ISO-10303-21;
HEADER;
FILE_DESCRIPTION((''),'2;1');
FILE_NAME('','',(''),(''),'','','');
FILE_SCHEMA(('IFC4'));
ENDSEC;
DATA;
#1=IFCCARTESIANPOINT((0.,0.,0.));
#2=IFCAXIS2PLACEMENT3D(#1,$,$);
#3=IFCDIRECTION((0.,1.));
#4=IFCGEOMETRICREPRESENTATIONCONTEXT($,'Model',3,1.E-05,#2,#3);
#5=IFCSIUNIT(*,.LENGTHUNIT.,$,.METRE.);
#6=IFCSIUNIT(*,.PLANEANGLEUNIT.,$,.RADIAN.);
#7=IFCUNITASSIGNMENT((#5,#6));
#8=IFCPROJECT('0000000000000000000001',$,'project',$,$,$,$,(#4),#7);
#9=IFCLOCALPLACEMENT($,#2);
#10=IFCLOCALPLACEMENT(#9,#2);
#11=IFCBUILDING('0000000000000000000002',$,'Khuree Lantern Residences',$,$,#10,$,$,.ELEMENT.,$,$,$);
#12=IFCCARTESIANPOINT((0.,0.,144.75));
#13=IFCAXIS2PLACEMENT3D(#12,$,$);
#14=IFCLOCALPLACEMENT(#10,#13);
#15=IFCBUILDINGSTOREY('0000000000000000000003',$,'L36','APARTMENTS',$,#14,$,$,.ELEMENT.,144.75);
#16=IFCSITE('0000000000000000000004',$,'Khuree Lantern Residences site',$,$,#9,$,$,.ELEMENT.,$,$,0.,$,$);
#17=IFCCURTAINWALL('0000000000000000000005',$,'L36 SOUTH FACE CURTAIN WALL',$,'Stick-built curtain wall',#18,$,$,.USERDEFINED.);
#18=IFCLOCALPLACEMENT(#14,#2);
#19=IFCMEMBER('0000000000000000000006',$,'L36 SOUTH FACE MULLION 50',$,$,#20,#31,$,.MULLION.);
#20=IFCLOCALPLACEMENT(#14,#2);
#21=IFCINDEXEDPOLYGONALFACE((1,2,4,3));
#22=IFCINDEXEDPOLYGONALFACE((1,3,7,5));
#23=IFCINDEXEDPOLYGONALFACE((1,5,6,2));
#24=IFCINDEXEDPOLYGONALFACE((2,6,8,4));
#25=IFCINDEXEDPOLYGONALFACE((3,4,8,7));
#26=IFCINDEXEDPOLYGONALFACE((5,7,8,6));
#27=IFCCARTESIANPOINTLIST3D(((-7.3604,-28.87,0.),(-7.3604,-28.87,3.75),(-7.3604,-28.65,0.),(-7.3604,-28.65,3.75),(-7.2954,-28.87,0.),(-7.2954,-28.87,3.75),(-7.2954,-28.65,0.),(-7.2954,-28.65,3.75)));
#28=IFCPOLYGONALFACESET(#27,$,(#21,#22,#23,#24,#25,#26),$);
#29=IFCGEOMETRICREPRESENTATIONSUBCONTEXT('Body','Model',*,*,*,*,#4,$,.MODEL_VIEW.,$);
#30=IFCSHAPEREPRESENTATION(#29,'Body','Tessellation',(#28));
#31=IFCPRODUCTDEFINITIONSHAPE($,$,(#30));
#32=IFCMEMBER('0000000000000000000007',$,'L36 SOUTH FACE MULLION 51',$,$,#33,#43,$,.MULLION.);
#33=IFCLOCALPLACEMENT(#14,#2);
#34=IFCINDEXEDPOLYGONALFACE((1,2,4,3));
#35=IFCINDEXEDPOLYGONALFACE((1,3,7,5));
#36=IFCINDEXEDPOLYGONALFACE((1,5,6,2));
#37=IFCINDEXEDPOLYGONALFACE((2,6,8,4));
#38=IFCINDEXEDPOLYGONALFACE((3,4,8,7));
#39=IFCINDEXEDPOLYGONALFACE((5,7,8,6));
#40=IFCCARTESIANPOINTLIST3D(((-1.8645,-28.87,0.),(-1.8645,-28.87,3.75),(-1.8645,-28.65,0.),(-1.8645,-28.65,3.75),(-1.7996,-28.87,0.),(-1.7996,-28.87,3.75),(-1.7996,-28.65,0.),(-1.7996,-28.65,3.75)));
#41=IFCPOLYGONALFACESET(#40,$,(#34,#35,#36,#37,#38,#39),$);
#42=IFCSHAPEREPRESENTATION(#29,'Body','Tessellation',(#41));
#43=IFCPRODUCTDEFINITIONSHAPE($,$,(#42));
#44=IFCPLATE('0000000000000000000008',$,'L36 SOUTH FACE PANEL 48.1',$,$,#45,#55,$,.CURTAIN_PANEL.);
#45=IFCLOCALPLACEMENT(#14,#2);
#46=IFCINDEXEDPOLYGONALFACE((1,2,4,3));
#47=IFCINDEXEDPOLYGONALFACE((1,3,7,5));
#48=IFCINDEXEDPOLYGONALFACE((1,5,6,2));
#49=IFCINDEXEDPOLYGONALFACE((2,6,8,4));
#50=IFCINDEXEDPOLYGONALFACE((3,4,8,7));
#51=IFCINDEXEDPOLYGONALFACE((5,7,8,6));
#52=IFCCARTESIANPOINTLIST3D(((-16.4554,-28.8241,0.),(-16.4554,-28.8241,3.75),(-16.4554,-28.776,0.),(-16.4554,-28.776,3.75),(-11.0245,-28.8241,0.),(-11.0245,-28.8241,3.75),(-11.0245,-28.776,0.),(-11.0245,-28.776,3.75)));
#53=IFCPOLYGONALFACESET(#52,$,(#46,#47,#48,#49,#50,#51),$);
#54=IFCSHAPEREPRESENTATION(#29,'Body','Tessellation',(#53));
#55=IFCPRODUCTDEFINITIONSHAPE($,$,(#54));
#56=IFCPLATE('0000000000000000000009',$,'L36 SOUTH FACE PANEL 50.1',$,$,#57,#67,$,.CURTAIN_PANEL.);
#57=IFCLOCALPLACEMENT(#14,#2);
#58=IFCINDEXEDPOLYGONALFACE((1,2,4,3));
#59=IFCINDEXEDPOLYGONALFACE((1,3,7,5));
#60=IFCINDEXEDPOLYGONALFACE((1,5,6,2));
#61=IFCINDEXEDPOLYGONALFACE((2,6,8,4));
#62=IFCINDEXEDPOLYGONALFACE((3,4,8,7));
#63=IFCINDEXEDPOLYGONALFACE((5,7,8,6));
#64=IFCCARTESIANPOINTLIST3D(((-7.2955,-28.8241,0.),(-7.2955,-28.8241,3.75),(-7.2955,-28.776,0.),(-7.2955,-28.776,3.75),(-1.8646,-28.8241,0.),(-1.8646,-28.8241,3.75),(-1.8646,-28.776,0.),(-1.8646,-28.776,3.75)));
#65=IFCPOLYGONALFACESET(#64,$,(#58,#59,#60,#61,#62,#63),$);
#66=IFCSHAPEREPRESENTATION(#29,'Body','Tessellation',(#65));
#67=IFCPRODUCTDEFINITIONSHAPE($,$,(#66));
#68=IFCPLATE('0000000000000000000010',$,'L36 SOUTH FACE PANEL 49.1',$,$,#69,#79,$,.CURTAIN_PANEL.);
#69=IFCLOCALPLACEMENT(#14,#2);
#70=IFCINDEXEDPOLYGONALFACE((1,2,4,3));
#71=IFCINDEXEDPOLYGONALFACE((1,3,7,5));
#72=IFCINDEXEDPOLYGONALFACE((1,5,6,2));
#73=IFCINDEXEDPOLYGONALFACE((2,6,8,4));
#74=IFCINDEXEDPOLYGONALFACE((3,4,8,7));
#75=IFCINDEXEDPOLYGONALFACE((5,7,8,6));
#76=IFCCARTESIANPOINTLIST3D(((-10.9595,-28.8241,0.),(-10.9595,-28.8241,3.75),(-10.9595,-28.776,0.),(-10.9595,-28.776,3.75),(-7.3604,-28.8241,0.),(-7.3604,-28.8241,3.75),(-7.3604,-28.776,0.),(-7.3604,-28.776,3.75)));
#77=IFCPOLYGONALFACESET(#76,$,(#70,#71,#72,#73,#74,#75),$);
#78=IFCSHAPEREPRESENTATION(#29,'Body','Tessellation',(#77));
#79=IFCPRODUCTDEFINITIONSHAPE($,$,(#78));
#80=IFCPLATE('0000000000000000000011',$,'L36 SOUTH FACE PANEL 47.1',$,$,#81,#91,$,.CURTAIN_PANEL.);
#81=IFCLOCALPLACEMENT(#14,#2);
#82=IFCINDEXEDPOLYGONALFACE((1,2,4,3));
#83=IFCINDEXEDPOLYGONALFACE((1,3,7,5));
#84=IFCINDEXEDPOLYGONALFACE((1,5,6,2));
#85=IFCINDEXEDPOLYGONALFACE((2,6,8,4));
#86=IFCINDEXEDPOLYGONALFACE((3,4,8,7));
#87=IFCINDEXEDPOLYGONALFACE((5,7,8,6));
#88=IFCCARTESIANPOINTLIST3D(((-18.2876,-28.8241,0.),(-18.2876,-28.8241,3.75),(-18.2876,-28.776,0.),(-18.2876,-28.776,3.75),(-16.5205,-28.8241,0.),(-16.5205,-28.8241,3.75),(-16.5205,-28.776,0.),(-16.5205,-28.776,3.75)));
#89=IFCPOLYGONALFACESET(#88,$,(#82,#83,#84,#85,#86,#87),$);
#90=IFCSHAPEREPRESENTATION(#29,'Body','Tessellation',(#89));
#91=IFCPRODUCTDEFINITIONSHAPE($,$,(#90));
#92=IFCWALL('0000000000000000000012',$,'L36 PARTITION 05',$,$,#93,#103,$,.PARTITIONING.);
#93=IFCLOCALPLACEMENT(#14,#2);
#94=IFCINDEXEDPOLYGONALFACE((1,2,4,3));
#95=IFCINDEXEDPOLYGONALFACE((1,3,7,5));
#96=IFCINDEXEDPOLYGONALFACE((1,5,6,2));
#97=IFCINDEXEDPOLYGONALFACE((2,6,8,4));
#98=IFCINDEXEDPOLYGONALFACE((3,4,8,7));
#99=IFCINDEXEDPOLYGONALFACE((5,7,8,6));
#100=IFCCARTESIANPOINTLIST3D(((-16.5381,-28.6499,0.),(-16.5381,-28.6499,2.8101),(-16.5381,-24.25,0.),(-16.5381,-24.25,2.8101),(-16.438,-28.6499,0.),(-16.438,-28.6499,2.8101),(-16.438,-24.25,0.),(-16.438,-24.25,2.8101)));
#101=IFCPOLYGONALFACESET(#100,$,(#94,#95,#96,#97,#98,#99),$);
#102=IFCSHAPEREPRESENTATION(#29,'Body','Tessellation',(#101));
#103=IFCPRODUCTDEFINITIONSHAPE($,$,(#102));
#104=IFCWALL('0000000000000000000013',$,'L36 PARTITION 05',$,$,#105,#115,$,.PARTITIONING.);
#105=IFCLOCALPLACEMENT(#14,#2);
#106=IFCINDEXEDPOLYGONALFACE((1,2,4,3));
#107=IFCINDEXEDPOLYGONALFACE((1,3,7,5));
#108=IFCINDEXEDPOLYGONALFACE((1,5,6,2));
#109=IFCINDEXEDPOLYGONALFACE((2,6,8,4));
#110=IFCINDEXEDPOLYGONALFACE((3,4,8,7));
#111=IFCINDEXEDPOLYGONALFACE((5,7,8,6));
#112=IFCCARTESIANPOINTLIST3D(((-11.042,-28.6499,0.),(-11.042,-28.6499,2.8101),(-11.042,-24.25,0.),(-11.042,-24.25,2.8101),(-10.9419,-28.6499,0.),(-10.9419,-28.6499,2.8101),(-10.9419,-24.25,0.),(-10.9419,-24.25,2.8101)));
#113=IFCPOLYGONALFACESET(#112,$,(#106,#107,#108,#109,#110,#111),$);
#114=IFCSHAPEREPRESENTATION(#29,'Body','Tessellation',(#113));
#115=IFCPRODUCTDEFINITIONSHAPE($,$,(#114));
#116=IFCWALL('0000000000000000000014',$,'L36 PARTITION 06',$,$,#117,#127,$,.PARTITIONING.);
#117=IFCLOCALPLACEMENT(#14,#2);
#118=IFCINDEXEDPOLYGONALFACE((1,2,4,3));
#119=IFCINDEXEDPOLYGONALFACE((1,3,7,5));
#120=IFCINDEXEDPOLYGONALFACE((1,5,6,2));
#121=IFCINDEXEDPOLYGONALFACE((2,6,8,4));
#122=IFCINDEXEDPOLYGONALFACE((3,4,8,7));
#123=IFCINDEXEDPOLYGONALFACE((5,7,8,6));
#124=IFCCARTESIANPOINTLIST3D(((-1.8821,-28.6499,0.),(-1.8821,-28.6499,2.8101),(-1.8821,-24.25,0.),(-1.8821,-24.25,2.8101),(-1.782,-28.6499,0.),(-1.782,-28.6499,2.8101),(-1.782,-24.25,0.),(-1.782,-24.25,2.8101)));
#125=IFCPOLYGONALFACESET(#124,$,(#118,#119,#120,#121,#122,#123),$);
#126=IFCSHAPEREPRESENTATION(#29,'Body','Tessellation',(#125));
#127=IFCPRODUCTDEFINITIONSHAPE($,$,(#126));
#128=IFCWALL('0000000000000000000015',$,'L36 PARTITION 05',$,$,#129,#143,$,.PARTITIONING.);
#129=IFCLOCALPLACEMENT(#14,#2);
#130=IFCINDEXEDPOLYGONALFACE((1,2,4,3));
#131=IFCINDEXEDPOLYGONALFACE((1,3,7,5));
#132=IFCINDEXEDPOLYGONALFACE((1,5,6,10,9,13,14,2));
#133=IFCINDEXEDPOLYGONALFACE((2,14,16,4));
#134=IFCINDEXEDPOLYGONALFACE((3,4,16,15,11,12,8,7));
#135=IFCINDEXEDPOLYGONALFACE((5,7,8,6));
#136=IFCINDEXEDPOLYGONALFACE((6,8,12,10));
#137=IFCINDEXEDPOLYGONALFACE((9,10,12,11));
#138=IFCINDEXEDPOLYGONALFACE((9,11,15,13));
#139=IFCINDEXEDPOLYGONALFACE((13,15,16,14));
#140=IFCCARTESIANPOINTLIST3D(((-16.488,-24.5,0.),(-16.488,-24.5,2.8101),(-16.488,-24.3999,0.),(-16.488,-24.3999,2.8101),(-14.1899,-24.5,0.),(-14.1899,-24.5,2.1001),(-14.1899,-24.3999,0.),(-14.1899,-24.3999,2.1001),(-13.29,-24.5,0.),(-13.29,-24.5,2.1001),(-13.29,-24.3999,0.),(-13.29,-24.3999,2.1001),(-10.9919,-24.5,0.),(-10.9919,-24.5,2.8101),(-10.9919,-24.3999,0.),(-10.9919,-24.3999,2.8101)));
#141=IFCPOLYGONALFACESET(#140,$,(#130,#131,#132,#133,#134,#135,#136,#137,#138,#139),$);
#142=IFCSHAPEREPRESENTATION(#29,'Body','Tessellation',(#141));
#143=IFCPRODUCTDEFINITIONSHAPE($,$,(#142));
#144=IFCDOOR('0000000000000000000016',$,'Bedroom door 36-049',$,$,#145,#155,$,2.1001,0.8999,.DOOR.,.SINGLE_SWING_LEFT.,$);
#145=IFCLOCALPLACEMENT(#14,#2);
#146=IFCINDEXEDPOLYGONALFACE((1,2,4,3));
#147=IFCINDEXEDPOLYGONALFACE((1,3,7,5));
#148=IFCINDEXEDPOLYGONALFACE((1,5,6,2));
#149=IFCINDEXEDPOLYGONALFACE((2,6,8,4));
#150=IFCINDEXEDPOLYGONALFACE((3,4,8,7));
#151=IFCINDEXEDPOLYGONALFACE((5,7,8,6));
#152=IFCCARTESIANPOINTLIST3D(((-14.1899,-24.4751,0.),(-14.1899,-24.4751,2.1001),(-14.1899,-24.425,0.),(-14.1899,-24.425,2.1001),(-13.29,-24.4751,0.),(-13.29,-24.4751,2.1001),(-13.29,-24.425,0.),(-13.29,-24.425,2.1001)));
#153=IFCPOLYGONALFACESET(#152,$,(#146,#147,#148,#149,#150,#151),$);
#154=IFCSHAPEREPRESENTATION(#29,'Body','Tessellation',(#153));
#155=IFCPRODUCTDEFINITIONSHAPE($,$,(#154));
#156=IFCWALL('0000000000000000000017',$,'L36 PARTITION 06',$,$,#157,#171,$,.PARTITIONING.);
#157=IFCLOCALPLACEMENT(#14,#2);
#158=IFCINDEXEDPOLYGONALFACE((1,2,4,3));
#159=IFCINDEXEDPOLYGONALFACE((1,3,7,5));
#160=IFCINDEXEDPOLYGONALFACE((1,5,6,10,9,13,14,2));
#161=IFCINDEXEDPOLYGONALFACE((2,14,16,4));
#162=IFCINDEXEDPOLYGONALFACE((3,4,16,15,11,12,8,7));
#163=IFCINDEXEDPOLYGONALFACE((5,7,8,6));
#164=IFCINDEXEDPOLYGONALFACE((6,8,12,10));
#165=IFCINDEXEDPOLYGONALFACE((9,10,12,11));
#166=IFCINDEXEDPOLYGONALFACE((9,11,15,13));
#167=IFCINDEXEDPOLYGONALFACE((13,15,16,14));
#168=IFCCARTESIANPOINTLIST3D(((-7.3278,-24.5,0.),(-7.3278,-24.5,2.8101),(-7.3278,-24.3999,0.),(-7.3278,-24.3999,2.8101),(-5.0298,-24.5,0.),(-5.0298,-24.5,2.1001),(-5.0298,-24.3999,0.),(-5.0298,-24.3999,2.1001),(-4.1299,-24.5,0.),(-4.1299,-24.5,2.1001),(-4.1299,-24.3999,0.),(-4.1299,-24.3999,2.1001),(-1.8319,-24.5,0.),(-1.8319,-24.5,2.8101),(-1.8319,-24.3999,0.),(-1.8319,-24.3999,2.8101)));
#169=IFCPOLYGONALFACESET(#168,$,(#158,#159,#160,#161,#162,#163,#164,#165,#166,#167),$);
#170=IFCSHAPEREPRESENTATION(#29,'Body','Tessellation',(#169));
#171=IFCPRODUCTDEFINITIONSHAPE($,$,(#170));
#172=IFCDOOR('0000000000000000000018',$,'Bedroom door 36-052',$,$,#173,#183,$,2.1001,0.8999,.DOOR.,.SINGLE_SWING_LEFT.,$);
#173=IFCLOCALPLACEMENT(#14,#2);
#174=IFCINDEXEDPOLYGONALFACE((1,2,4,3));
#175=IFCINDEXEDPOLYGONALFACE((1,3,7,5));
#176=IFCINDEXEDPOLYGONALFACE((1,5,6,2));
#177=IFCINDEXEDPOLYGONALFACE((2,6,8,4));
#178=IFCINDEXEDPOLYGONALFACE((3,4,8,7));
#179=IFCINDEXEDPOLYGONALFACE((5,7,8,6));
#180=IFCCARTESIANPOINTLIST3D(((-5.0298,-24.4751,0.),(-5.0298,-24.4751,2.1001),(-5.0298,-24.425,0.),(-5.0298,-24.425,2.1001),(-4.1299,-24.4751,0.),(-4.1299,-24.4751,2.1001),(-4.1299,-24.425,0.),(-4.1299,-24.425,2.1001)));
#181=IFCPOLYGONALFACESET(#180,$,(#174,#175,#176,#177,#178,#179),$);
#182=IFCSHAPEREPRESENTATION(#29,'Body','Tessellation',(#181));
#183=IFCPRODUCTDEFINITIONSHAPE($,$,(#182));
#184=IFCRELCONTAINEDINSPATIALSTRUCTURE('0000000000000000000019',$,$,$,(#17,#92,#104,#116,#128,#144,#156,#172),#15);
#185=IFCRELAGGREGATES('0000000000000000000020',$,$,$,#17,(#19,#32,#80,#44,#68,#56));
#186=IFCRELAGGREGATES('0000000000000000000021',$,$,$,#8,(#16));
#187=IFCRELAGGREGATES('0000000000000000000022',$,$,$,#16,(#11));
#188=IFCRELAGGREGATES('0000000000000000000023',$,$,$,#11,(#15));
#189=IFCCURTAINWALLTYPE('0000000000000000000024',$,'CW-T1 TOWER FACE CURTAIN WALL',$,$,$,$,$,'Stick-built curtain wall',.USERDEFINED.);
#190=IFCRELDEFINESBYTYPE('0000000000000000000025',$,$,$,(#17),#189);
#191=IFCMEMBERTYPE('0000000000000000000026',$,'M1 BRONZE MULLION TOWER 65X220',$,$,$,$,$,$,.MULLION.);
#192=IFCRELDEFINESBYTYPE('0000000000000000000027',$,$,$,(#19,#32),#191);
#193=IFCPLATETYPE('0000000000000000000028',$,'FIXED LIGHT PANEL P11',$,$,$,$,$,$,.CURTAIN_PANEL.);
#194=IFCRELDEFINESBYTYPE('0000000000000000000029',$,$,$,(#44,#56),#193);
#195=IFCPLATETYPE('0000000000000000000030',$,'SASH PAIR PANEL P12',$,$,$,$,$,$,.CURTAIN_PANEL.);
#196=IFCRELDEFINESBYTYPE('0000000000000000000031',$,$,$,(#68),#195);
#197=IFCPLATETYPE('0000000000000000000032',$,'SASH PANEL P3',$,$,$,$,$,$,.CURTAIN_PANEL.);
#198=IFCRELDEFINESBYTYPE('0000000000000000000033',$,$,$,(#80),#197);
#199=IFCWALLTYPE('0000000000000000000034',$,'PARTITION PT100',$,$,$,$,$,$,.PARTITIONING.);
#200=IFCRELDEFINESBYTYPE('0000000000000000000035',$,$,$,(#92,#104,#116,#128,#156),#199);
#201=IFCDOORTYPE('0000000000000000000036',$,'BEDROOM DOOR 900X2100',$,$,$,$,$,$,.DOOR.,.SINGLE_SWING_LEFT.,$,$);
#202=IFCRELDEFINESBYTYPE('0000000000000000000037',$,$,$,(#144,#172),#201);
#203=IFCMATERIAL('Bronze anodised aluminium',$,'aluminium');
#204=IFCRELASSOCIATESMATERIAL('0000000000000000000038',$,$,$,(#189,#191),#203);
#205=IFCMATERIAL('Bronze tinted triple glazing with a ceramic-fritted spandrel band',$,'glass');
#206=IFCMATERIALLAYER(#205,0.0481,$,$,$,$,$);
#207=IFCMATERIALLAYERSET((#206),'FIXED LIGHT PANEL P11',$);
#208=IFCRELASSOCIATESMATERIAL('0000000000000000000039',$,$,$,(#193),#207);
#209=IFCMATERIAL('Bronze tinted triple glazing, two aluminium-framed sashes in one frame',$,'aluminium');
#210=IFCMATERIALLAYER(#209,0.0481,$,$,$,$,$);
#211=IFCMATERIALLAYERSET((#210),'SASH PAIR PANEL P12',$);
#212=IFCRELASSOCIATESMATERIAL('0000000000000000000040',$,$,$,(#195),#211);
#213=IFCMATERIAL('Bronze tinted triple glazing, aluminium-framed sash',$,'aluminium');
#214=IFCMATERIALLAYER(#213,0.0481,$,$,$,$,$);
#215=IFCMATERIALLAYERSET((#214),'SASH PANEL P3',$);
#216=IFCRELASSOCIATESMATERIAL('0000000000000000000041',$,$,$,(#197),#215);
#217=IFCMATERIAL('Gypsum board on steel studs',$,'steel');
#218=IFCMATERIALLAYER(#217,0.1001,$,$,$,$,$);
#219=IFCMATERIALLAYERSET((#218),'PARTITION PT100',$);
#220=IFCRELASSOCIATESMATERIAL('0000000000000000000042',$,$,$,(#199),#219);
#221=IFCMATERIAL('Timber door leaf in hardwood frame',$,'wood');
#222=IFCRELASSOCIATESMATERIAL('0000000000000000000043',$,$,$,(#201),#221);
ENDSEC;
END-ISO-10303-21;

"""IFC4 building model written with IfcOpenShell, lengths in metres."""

from ifc_helpers import new_model, si_unit, direction, frame, frame_2d, origin, origin_2d, place, context, subcontext, project, spatial, rectangle, extrude, material, layer, layer_set, material_profile, profile_set, type_object, element, fill, aggregate, save


model = new_model("IFC4")

# Units and contexts
model_context = context("Model", 3, precision=1e-05, world=origin(), true_north=direction((0.0, 1.0)))
body_context = subcontext(model_context, "Body", "Model", "MODEL_VIEW")
ifc_project = project(units=[si_unit("LENGTHUNIT", "METRE"), si_unit("PLANEANGLEUNIT", "RADIAN")], contexts=[model_context])

# Site, building, storey
site_placement = place(None, origin())
site = spatial("IfcSite", under=ifc_project, at=site_placement, Name="Khuree Lantern Residences site", CompositionType="ELEMENT", RefElevation=0.0)
building_placement = place(site_placement, origin())
building = spatial("IfcBuilding", under=site, at=building_placement, Name="Khuree Lantern Residences", CompositionType="ELEMENT")
storey_placement = place(building_placement, frame((0.0, 0.0, 144.75)))
storey = spatial("IfcBuildingStorey", under=building, at=storey_placement, Name="L36", Description="APARTMENTS", CompositionType="ELEMENT", Elevation=144.75)

# Curtain wall
ifc_material_1 = material(Name="Bronze anodised aluminium", Category="aluminium")
curtain_wall_type = type_object("IfcCurtainWallType", Name="CW-T1 TOWER FACE CURTAIN WALL", ElementType="Stick-built curtain wall", PredefinedType="USERDEFINED", material=ifc_material_1)
curtain_wall_placement = place(storey_placement, origin())
curtain_wall = element("IfcCurtainWall", 1, at=curtain_wall_placement, inside=storey, type_object=curtain_wall_type, Name="L36 SOUTH FACE CURTAIN WALL", ObjectType="Stick-built curtain wall", PredefinedType="USERDEFINED")

# Members
ifc_material_profile_1 = material_profile(ifc_material_1, rectangle(XDim=0.0649, YDim=0.22, at=origin_2d()), Name="M1 65X220")
ifc_profile_set_1 = profile_set([ifc_material_profile_1], Name="Bronze anodised aluminium")
member_type_1 = type_object("IfcMemberType", Name="M1 BRONZE MULLION TOWER 65X220", PredefinedType="MULLION", material=ifc_profile_set_1)
member_1_placement = place(storey_placement, frame((-7.3279, -28.76, 0.0), z_axis=(0.0, 0.0, 1.0), x_axis=(1.0, 0.0, 0.0)))
member_1 = element("IfcMember", 2, at=member_1_placement, type_object=member_type_1, Name="L36 SOUTH FACE MULLION 50", PredefinedType="MULLION", context=body_context, shape_type="SweptSolid", body=[
    extrude(rectangle(XDim=0.0649, YDim=0.22, at=origin_2d()), origin(), (0.0, 0.0, 1.0), 3.75),
])
member_2_placement = place(storey_placement, frame((-1.832, -28.76, 0.0), z_axis=(0.0, 0.0, 1.0), x_axis=(1.0, 0.0, 0.0)))
member_2 = element("IfcMember", 3, at=member_2_placement, type_object=member_type_1, Name="L36 SOUTH FACE MULLION 51", PredefinedType="MULLION", context=body_context, shape_type="SweptSolid", body=[
    extrude(rectangle(XDim=0.0649, YDim=0.22, at=origin_2d()), origin(), (0.0, 0.0, 1.0), 3.75),
])

# Plates
ifc_material_2 = material(Name="Bronze tinted triple glazing with a ceramic-fritted spandrel band", Category="glass")
ifc_layer_1 = layer(ifc_material_2, 0.0481)
ifc_layer_set_1 = layer_set([ifc_layer_1], Name="FIXED LIGHT PANEL P11")
plate_type_1 = type_object("IfcPlateType", Name="FIXED LIGHT PANEL P11", PredefinedType="CURTAIN_PANEL", material=ifc_layer_set_1)
plate_1_placement = place(storey_placement, frame((-13.74, -28.8, 0.0), z_axis=(0.0, 0.0, 1.0), x_axis=(1.0, 0.0, 0.0)))
plate_1 = element("IfcPlate", 4, at=plate_1_placement, type_object=plate_type_1, Name="L36 SOUTH FACE PANEL 48.1", PredefinedType="CURTAIN_PANEL", context=body_context, shape_type="SweptSolid", body=[
    extrude(rectangle(XDim=5.4309, YDim=0.0481, at=origin_2d()), origin(), (0.0, 0.0, 1.0), 3.75),
])
plate_2_placement = place(storey_placement, frame((-4.5801, -28.8, 0.0), z_axis=(0.0, 0.0, 1.0), x_axis=(1.0, 0.0, 0.0)))
plate_2 = element("IfcPlate", 5, at=plate_2_placement, type_object=plate_type_1, Name="L36 SOUTH FACE PANEL 50.1", PredefinedType="CURTAIN_PANEL", context=body_context, shape_type="SweptSolid", body=[
    extrude(rectangle(XDim=5.4309, YDim=0.0481, at=origin_2d()), origin(), (0.0, 0.0, 1.0), 3.75),
])
ifc_material_3 = material(Name="Bronze tinted triple glazing, two aluminium-framed sashes in one frame", Category="aluminium")
ifc_layer_2 = layer(ifc_material_3, 0.0481)
ifc_layer_set_2 = layer_set([ifc_layer_2], Name="SASH PAIR PANEL P12")
plate_type_2 = type_object("IfcPlateType", Name="SASH PAIR PANEL P12", PredefinedType="CURTAIN_PANEL", material=ifc_layer_set_2)
plate_3_placement = place(storey_placement, frame((-9.1599, -28.8, 0.0), z_axis=(0.0, 0.0, 1.0), x_axis=(1.0, 0.0, 0.0)))
plate_3 = element("IfcPlate", 6, at=plate_3_placement, type_object=plate_type_2, Name="L36 SOUTH FACE PANEL 49.1", PredefinedType="CURTAIN_PANEL", context=body_context, shape_type="SweptSolid", body=[
    extrude(rectangle(XDim=3.5991, YDim=0.0481, at=origin_2d()), origin(), (0.0, 0.0, 1.0), 3.75),
])
ifc_material_4 = material(Name="Bronze tinted triple glazing, aluminium-framed sash", Category="aluminium")
ifc_layer_3 = layer(ifc_material_4, 0.0481)
ifc_layer_set_3 = layer_set([ifc_layer_3], Name="SASH PANEL P3")
plate_type_3 = type_object("IfcPlateType", Name="SASH PANEL P3", PredefinedType="CURTAIN_PANEL", material=ifc_layer_set_3)
plate_4_placement = place(storey_placement, frame((-17.4041, -28.8, 0.0), z_axis=(0.0, 0.0, 1.0), x_axis=(1.0, 0.0, 0.0)))
plate_4 = element("IfcPlate", 7, at=plate_4_placement, type_object=plate_type_3, Name="L36 SOUTH FACE PANEL 47.1", PredefinedType="CURTAIN_PANEL", context=body_context, shape_type="SweptSolid", body=[
    extrude(rectangle(XDim=1.7671, YDim=0.0481, at=origin_2d()), origin(), (0.0, 0.0, 1.0), 3.75),
])
aggregate(curtain_wall, [member_1, member_2, plate_4, plate_1, plate_3, plate_2])

# Walls
ifc_material_5 = material(Name="Gypsum board on steel studs", Category="steel")
ifc_layer_4 = layer(ifc_material_5, 0.1001)
ifc_layer_set_4 = layer_set([ifc_layer_4], Name="PARTITION PT100")
wall_type = type_object("IfcWallType", Name="PARTITION PT100", PredefinedType="PARTITIONING", material=ifc_layer_set_4)
for number, where, z_axis, x_axis, name in (
    (8, (-16.488, -24.25, 0.0), (0.0, 0.0, 1.0), (0.0, -1.0, 0.0), "L36 PARTITION 05"),
    (9, (-10.9919, -24.25, 0.0), (0.0, 0.0, 1.0), (0.0, -1.0, 0.0), "L36 PARTITION 05"),
    (10, (-1.832, -24.25, 0.0), (0.0, 0.0, 1.0), (0.0, -1.0, 0.0), "L36 PARTITION 06"),
):
    element("IfcWall", number, at=place(storey_placement, frame(where, z_axis=z_axis, x_axis=x_axis)), inside=storey, type_object=wall_type, Name=name, PredefinedType="PARTITIONING", context=body_context, shape_type="SweptSolid", body=[
        extrude(rectangle(XDim=4.3999, YDim=0.1001, at=frame_2d((2.2, 0.0))), origin(), (0.0, 0.0, 1.0), 2.8101),
    ])

# Walls, openings, doors
wall_1_placement = place(storey_placement, frame((-16.488, -24.45, 0.0), z_axis=(0.0, 0.0, 1.0), x_axis=(1.0, 0.0, 0.0)))
wall_1 = element("IfcWall", 11, at=wall_1_placement, inside=storey, type_object=wall_type, Name="L36 PARTITION 05", PredefinedType="PARTITIONING", context=body_context, shape_type="SweptSolid", body=[
    extrude(rectangle(XDim=5.4961, YDim=0.1001, at=frame_2d((2.748, 0.0))), origin(), (0.0, 0.0, 1.0), 2.8101),
])
opening_1_placement = place(wall_1_placement, frame((2.2981, 0.0, 0.0)))
opening_1 = element("IfcOpeningElement", 12, at=opening_1_placement, cuts=wall_1, PredefinedType="OPENING", context=body_context, shape_type="SweptSolid", body=[
    extrude(rectangle(XDim=0.8999, YDim=2.1001, at=frame_2d((0.45, 1.05))), frame((0.0, 0.0601, 0.0), z_axis=(0.0, -1.0, 0.0), x_axis=(1.0, 0.0, 0.0)), (0.0, 0.0, 1.0), 0.1201),
])
ifc_material_6 = material(Name="Timber door leaf in hardwood frame", Category="wood")
door_type = type_object("IfcDoorType", Name="BEDROOM DOOR 900X2100", OperationType="SINGLE_SWING_LEFT", PredefinedType="DOOR", material=ifc_material_6)
door_1_placement = place(opening_1_placement, origin())
door_1 = element("IfcDoor", 13, at=door_1_placement, inside=storey, type_object=door_type, Name="Bedroom door 36-049", OperationType="SINGLE_SWING_LEFT", OverallHeight=2.1001, OverallWidth=0.8999, PredefinedType="DOOR", context=body_context, shape_type="SweptSolid", body=[
    extrude(rectangle(XDim=0.8999, YDim=2.1001, at=frame_2d((0.45, 1.05))), frame((0.0, 0.0249, 0.0), z_axis=(0.0, -1.0, 0.0), x_axis=(1.0, 0.0, 0.0)), (0.0, 0.0, 1.0), 0.05),
])
fill(opening_1, door_1)
wall_2_placement = place(storey_placement, frame((-7.3279, -24.45, 0.0), z_axis=(0.0, 0.0, 1.0), x_axis=(1.0, 0.0, 0.0)))
wall_2 = element("IfcWall", 14, at=wall_2_placement, inside=storey, type_object=wall_type, Name="L36 PARTITION 06", PredefinedType="PARTITIONING", context=body_context, shape_type="SweptSolid", body=[
    extrude(rectangle(XDim=5.4958, YDim=0.1001, at=frame_2d((2.748, 0.0))), origin(), (0.0, 0.0, 1.0), 2.8101),
])
opening_2_placement = place(wall_2_placement, frame((2.2981, 0.0, 0.0)))
opening_2 = element("IfcOpeningElement", 15, at=opening_2_placement, cuts=wall_2, PredefinedType="OPENING", context=body_context, shape_type="SweptSolid", body=[
    extrude(rectangle(XDim=0.8999, YDim=2.1001, at=frame_2d((0.45, 1.05))), frame((0.0, 0.0601, 0.0), z_axis=(0.0, -1.0, 0.0), x_axis=(1.0, 0.0, 0.0)), (0.0, 0.0, 1.0), 0.1201),
])
door_2_placement = place(opening_2_placement, origin())
door_2 = element("IfcDoor", 16, at=door_2_placement, inside=storey, type_object=door_type, Name="Bedroom door 36-052", OperationType="SINGLE_SWING_LEFT", OverallHeight=2.1001, OverallWidth=0.8999, PredefinedType="DOOR", context=body_context, shape_type="SweptSolid", body=[
    extrude(rectangle(XDim=0.8999, YDim=2.1001, at=frame_2d((0.45, 1.05))), frame((0.0, 0.0249, 0.0), z_axis=(0.0, -1.0, 0.0), x_axis=(1.0, 0.0, 0.0)), (0.0, 0.0, 1.0), 0.05),
])
fill(opening_2, door_2)

save(model, "model.ifc")
